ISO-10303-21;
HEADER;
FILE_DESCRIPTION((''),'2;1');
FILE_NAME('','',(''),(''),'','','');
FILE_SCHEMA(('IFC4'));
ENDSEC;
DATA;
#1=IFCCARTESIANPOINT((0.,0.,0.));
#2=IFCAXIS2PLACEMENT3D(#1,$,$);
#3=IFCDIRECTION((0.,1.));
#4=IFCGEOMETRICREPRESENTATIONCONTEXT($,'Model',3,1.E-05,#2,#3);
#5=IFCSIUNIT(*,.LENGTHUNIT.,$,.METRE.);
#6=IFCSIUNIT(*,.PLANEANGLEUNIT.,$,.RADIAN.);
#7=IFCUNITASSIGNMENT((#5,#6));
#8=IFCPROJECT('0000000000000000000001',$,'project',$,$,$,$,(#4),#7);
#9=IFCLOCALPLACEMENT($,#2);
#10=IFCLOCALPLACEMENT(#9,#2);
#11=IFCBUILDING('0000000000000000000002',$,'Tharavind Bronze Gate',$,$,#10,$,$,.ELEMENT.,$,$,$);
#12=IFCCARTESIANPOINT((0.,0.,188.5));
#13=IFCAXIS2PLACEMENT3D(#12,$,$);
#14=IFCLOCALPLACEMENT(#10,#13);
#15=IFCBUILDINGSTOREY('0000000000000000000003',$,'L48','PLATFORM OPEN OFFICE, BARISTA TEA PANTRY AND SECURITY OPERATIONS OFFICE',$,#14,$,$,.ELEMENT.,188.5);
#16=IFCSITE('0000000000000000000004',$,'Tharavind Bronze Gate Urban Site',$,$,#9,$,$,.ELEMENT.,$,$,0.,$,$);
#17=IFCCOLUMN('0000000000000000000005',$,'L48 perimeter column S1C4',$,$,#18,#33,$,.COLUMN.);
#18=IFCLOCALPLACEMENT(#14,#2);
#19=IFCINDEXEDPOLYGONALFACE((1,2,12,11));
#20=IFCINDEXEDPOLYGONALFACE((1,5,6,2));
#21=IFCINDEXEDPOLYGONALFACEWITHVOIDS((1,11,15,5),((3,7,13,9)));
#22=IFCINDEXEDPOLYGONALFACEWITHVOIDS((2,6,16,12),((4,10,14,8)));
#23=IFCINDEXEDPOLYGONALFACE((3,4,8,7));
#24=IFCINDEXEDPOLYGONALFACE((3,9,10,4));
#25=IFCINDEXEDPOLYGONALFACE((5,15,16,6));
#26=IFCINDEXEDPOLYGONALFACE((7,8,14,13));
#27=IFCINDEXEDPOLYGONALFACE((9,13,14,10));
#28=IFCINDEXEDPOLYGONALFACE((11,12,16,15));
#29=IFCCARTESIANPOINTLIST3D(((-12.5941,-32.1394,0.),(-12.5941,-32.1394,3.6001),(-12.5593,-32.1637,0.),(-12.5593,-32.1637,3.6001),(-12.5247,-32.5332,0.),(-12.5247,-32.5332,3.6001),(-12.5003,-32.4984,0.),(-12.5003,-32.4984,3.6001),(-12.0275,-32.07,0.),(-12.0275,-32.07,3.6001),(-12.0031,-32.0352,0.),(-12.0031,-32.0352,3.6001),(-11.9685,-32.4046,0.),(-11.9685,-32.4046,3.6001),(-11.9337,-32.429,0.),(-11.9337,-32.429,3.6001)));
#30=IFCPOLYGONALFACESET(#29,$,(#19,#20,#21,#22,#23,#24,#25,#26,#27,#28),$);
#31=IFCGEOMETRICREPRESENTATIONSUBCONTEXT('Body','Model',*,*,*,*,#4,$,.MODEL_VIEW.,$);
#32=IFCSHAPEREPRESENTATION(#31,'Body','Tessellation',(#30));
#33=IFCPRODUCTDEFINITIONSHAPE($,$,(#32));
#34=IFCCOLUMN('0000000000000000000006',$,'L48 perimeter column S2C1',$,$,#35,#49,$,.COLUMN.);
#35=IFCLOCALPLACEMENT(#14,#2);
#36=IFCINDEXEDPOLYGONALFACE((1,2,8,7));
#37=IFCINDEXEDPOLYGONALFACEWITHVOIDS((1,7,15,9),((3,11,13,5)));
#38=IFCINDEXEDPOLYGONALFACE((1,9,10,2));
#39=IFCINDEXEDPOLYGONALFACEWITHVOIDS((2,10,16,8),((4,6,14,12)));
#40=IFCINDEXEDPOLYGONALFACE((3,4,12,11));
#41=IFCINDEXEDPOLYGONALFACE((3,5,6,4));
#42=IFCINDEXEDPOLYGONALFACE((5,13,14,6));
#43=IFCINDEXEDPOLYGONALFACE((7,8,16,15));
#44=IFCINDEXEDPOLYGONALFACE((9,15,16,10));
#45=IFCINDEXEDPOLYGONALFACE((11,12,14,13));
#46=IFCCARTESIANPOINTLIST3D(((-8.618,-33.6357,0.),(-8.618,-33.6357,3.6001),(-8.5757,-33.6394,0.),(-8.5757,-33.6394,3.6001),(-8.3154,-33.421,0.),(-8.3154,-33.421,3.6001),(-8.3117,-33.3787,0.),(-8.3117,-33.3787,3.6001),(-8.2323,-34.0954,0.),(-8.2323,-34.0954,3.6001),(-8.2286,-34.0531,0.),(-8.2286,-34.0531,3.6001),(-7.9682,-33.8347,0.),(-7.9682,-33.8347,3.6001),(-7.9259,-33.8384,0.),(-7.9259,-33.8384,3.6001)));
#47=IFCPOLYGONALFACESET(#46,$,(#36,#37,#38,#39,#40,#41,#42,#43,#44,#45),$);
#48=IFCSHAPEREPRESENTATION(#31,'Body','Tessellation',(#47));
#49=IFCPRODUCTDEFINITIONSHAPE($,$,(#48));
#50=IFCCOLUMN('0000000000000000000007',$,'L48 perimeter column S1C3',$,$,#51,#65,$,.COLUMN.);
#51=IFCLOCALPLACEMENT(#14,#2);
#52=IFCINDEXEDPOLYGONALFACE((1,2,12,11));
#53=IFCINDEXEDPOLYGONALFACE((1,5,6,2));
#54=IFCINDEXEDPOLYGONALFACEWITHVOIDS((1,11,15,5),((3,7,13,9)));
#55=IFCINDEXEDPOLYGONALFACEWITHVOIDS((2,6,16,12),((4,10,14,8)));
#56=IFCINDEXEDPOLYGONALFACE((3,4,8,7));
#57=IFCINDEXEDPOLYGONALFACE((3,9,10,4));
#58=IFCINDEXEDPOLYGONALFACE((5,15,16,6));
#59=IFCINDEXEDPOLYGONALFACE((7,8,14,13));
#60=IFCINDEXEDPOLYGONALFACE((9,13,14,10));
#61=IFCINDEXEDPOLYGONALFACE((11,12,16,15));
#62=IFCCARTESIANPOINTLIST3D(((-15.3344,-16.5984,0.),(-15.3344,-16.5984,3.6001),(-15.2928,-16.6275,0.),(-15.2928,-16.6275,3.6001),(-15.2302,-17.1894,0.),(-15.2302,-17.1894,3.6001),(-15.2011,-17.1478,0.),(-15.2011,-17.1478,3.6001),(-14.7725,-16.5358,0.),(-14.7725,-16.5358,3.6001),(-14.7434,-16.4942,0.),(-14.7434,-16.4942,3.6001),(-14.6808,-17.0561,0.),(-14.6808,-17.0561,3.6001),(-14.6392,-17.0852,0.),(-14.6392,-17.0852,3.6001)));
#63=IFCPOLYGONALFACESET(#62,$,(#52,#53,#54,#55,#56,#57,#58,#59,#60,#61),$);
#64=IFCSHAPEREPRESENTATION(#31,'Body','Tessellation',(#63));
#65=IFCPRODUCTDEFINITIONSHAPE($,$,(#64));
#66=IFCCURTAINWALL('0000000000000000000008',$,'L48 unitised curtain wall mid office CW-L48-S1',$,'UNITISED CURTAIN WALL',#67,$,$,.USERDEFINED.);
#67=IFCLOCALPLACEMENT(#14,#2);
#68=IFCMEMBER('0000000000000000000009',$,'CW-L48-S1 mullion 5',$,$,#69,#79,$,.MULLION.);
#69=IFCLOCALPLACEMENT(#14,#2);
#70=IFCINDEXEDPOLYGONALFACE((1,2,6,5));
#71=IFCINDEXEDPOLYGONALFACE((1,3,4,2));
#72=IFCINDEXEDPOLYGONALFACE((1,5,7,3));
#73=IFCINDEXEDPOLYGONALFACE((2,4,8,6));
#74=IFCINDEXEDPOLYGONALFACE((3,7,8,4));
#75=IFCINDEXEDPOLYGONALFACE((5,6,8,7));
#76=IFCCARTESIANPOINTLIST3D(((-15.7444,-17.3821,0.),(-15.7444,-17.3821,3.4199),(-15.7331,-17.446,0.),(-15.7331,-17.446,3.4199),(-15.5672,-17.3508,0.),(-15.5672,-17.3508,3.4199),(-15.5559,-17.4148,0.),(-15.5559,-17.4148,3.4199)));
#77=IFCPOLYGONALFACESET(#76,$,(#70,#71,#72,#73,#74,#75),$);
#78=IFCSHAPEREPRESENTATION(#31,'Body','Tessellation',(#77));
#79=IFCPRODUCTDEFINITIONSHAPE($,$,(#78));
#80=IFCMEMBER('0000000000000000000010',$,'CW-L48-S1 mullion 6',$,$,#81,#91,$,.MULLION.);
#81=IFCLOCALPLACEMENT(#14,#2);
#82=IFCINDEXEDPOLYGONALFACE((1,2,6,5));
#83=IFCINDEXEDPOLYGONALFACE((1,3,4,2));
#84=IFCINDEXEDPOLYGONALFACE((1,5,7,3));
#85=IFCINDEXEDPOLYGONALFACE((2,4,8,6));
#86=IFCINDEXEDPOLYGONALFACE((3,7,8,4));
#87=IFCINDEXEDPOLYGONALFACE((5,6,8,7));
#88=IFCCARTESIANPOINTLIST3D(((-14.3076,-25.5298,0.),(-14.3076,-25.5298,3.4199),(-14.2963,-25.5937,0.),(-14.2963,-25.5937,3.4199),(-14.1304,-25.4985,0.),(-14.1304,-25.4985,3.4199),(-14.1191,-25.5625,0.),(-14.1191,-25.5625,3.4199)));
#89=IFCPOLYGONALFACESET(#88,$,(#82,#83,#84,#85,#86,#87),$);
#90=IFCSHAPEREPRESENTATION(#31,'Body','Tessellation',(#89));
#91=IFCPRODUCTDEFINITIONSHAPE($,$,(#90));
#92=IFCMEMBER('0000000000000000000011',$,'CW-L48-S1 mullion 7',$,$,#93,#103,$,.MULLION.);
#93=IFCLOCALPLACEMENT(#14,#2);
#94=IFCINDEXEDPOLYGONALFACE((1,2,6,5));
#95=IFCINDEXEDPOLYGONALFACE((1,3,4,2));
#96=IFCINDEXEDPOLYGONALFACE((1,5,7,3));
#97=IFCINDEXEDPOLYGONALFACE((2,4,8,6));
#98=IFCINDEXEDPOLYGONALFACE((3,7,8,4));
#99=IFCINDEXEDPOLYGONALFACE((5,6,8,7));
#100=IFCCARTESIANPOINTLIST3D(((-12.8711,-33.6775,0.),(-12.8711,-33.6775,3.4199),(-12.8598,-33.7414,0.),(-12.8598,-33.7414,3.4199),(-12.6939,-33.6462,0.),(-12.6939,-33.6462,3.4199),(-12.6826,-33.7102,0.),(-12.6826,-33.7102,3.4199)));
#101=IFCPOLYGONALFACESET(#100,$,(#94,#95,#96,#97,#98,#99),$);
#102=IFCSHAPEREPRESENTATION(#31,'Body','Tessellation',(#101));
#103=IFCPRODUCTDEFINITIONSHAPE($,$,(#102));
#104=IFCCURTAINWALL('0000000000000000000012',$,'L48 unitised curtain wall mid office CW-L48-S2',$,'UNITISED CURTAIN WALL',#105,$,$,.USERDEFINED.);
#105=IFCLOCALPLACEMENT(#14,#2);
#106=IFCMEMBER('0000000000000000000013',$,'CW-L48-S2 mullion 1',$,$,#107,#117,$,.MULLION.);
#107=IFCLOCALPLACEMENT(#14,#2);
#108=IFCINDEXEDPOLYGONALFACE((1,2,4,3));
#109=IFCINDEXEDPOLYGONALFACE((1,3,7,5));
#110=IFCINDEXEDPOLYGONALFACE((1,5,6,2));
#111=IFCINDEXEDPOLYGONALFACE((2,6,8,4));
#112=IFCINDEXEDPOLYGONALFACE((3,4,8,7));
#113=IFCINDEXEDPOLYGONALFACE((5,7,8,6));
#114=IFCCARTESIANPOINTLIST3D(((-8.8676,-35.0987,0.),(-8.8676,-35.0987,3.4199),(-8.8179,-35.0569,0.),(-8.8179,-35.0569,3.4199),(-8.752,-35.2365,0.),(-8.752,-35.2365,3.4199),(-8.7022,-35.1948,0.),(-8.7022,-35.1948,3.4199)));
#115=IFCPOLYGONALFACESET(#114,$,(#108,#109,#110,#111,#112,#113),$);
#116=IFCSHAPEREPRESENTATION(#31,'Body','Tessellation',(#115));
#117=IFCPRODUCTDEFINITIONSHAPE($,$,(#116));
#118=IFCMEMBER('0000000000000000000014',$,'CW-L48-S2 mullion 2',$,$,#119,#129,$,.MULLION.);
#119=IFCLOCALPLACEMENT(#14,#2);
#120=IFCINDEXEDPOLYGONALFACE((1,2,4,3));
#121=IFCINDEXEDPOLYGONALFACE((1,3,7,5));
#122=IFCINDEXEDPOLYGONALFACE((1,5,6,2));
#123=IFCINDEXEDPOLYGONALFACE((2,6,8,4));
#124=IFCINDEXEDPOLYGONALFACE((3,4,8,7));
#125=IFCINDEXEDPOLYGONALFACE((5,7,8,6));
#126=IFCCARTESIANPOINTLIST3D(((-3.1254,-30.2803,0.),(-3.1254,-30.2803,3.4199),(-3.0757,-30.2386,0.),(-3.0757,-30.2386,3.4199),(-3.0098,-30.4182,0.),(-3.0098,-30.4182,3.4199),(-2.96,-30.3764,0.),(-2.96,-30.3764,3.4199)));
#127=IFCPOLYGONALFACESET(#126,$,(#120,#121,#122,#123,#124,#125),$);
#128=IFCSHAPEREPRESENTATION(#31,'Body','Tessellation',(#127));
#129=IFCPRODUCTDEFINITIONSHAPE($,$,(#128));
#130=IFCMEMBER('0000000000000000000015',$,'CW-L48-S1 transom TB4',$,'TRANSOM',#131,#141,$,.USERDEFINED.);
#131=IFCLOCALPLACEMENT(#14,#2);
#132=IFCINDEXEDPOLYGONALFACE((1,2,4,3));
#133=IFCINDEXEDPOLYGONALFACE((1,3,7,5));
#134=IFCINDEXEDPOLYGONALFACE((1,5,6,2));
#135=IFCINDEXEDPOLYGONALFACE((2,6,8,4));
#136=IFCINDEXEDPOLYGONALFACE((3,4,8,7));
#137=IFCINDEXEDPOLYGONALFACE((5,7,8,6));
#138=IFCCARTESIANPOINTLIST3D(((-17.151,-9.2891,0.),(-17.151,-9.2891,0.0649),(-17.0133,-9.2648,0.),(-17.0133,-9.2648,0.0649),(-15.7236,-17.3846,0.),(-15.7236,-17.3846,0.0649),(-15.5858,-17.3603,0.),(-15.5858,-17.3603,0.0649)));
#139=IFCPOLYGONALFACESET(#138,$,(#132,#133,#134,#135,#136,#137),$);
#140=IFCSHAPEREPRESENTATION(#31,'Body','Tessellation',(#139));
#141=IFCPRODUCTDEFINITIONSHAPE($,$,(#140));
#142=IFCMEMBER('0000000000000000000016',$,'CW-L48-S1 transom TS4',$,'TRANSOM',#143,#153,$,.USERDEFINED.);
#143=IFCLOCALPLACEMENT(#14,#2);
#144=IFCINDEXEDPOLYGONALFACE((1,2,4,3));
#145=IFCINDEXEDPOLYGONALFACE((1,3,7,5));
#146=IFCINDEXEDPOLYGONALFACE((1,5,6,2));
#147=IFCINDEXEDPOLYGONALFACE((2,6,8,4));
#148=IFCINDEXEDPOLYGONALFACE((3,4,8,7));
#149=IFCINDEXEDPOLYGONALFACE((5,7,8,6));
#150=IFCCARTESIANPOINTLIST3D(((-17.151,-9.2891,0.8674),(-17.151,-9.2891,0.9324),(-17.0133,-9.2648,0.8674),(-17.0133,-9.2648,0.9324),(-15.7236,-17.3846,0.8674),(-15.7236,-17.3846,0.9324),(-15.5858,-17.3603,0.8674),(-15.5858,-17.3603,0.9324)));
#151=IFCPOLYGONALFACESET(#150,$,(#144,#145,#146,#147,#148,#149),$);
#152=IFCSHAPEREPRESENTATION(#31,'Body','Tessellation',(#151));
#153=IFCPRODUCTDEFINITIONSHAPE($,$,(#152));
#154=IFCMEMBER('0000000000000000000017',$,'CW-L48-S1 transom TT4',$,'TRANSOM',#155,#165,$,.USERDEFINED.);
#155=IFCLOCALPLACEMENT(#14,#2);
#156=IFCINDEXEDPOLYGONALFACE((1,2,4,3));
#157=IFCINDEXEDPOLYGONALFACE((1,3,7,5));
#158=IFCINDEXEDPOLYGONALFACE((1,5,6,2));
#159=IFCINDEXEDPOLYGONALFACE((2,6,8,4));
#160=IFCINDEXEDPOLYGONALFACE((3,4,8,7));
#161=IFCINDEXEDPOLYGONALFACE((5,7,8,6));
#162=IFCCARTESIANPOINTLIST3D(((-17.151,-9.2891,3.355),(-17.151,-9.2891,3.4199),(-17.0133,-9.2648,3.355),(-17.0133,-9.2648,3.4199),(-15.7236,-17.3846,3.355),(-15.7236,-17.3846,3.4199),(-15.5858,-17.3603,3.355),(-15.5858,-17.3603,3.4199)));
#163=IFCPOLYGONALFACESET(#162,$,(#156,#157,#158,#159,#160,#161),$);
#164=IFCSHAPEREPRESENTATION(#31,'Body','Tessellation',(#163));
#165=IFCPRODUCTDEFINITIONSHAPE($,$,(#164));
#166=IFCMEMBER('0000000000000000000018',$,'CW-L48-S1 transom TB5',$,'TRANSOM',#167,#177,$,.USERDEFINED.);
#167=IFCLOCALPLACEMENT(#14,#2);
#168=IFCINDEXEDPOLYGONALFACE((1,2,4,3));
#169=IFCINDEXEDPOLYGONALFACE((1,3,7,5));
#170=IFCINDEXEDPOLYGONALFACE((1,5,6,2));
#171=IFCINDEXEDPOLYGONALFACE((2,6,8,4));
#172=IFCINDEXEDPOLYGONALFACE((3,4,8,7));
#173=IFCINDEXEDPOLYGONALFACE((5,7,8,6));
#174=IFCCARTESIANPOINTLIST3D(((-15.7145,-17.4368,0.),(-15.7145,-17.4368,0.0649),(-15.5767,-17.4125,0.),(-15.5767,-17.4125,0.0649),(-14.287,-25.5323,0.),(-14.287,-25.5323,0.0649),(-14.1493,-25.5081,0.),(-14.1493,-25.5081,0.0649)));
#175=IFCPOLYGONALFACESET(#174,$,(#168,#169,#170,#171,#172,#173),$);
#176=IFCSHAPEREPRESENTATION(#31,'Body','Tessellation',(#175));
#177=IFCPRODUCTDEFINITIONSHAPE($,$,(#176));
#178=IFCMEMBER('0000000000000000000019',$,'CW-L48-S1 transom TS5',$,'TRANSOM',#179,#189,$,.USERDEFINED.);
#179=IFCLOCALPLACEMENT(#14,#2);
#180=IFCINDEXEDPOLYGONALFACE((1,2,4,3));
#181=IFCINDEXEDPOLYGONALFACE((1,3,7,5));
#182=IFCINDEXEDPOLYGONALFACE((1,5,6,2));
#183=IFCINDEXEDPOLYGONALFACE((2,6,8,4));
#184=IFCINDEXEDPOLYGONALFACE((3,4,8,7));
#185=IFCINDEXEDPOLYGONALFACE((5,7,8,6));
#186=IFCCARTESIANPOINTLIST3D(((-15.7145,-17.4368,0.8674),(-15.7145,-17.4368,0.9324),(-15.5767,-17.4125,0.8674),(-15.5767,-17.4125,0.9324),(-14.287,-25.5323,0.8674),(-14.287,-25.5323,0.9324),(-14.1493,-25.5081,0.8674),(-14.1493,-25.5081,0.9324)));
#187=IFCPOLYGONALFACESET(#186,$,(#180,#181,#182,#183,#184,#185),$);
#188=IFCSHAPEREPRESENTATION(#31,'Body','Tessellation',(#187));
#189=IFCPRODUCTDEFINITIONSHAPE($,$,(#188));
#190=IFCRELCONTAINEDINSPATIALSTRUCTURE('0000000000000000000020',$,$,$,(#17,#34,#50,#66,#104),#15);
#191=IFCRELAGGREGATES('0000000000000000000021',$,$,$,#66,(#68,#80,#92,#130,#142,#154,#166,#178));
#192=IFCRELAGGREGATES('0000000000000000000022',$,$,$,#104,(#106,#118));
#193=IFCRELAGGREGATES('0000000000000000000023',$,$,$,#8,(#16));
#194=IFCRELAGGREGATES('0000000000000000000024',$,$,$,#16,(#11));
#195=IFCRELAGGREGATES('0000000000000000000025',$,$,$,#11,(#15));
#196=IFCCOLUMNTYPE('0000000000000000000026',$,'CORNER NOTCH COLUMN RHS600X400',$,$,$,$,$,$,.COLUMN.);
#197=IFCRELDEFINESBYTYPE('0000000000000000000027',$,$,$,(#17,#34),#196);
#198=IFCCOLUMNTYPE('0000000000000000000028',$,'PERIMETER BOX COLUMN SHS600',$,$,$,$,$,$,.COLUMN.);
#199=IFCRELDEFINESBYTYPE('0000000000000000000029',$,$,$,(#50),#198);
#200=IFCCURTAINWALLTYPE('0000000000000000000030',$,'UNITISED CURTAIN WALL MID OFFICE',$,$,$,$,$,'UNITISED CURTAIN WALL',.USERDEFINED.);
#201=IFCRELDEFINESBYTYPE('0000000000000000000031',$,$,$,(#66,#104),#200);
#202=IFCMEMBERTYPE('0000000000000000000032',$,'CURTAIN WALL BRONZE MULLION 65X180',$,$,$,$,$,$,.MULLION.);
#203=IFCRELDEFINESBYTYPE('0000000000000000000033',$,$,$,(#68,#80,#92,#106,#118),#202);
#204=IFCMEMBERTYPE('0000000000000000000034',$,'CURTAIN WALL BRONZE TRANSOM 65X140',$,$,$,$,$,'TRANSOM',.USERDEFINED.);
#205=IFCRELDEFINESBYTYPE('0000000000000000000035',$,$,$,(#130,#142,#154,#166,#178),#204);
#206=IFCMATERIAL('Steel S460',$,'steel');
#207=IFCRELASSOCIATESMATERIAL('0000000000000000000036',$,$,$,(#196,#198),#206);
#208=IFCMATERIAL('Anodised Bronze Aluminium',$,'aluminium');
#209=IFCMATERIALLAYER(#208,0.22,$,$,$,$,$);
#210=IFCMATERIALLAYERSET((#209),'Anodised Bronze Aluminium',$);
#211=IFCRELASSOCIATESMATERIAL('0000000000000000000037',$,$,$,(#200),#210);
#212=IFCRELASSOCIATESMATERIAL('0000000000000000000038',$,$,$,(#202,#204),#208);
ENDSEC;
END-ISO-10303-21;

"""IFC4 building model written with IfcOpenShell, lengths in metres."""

from ifc_helpers import new_model, si_unit, direction, frame, origin, origin_2d, place, context, subcontext, project, spatial, rectangle, hollow_rectangle, extrude, material, layer, layer_set, material_profile, profile_set, type_object, element, aggregate, save


model = new_model("IFC4")

# Units and contexts
model_context = context("Model", 3, precision=1e-05, world=origin(), true_north=direction((0.0, 1.0)))
body_context = subcontext(model_context, "Body", "Model", "MODEL_VIEW")
ifc_project = project(units=[si_unit("LENGTHUNIT", "METRE"), si_unit("PLANEANGLEUNIT", "RADIAN")], contexts=[model_context])

# Site, building, storey
site_placement = place(None, origin())
site = spatial("IfcSite", under=ifc_project, at=site_placement, Name="Tharavind Bronze Gate Urban Site", CompositionType="ELEMENT", RefElevation=0.0)
building_placement = place(site_placement, origin())
building = spatial("IfcBuilding", under=site, at=building_placement, Name="Tharavind Bronze Gate", CompositionType="ELEMENT")
storey_placement = place(building_placement, frame((0.0, 0.0, 188.5)))
storey = spatial("IfcBuildingStorey", under=building, at=storey_placement, Name="L48", Description="PLATFORM OPEN OFFICE, BARISTA TEA PANTRY AND SECURITY OPERATIONS OFFICE", CompositionType="ELEMENT", Elevation=188.5)

# Columns
ifc_material_1 = material(Name="Steel S460", Category="steel")
ifc_material_profile_1 = material_profile(ifc_material_1, hollow_rectangle(XDim=0.3999, YDim=0.6001, WallThickness=0.03, at=origin_2d()), Name="RHS600X400X30")
ifc_profile_set_1 = profile_set([ifc_material_profile_1], Name="Steel S460")
column_type_1 = type_object("IfcColumnType", Name="CORNER NOTCH COLUMN RHS600X400", PredefinedType="COLUMN", material=ifc_profile_set_1)
for number, where, z_axis, x_axis, name in (
    (1, (-12.2639, -32.2842, 0.0), (0.0, 0.0, 1.0), (-0.173648, 0.984808, 0.0), "L48 perimeter column S1C4"),
    (2, (-8.272, -33.7371, 0.0), (0.0, 0.0, 1.0), (0.766043, 0.642789, 0.0), "L48 perimeter column S2C1"),
):
    element("IfcColumn", number, at=place(storey_placement, frame(where, z_axis=z_axis, x_axis=x_axis)), inside=storey, type_object=column_type_1, Name=name, PredefinedType="COLUMN", context=body_context, shape_type="SweptSolid", body=[
        extrude(hollow_rectangle(XDim=0.3999, YDim=0.6001, WallThickness=0.03, at=origin_2d()), origin(), (0.0, 0.0, 1.0), 3.6001),
    ])
ifc_material_profile_2 = material_profile(ifc_material_1, hollow_rectangle(XDim=0.6001, YDim=0.6001, WallThickness=0.0359, at=origin_2d()), Name="SHS600X36")
ifc_profile_set_2 = profile_set([ifc_material_profile_2], Name="Steel S460")
column_type_2 = type_object("IfcColumnType", Name="PERIMETER BOX COLUMN SHS600", PredefinedType="COLUMN", material=ifc_profile_set_2)
column_placement = place(storey_placement, frame((-14.9868, -16.8418, 0.0), z_axis=(0.0, 0.0, 1.0), x_axis=(-0.173648, 0.984808, 0.0)))
element("IfcColumn", 3, at=column_placement, inside=storey, type_object=column_type_2, Name="L48 perimeter column S1C3", PredefinedType="COLUMN", context=body_context, shape_type="SweptSolid", body=[
    extrude(hollow_rectangle(XDim=0.6001, YDim=0.6001, WallThickness=0.0359, at=origin_2d()), origin(), (0.0, 0.0, 1.0), 3.6001),
])

# Curtain walls, members
ifc_material_2 = material(Name="Anodised Bronze Aluminium", Category="aluminium")
ifc_layer_1 = layer(ifc_material_2, 0.22)
ifc_layer_set_1 = layer_set([ifc_layer_1], Name="Anodised Bronze Aluminium")
curtain_wall_type = type_object("IfcCurtainWallType", Name="UNITISED CURTAIN WALL MID OFFICE", ElementType="UNITISED CURTAIN WALL", PredefinedType="USERDEFINED", material=ifc_layer_set_1)
curtain_wall_1_placement = place(storey_placement, origin())
curtain_wall_1 = element("IfcCurtainWall", 4, at=curtain_wall_1_placement, inside=storey, type_object=curtain_wall_type, Name="L48 unitised curtain wall mid office CW-L48-S1", ObjectType="UNITISED CURTAIN WALL", PredefinedType="USERDEFINED")
member_type_1 = type_object("IfcMemberType", Name="CURTAIN WALL BRONZE MULLION 65X180", PredefinedType="MULLION", material=ifc_material_2)
member_1_placement = place(storey_placement, frame((-15.6501, -17.3984, 0.0), z_axis=(0.0, 0.0, 1.0), x_axis=(0.173648, -0.984808, 0.0)))
member_1 = element("IfcMember", 5, at=member_1_placement, type_object=member_type_1, Name="CW-L48-S1 mullion 5", PredefinedType="MULLION", context=body_context, shape_type="SweptSolid", body=[
    extrude(rectangle(XDim=0.0649, YDim=0.1799, at=origin_2d()), origin(), (0.0, 0.0, 1.0), 3.4199),
])
member_2_placement = place(storey_placement, frame((-14.2134, -25.5461, 0.0), z_axis=(0.0, 0.0, 1.0), x_axis=(0.173648, -0.984808, 0.0)))
member_2 = element("IfcMember", 6, at=member_2_placement, type_object=member_type_1, Name="CW-L48-S1 mullion 6", PredefinedType="MULLION", context=body_context, shape_type="SweptSolid", body=[
    extrude(rectangle(XDim=0.0649, YDim=0.1799, at=origin_2d()), origin(), (0.0, 0.0, 1.0), 3.4199),
])
member_3_placement = place(storey_placement, frame((-12.7769, -33.6938, 0.0), z_axis=(0.0, 0.0, 1.0), x_axis=(0.173648, -0.984808, 0.0)))
member_3 = element("IfcMember", 7, at=member_3_placement, type_object=member_type_1, Name="CW-L48-S1 mullion 7", PredefinedType="MULLION", context=body_context, shape_type="SweptSolid", body=[
    extrude(rectangle(XDim=0.0649, YDim=0.1799, at=origin_2d()), origin(), (0.0, 0.0, 1.0), 3.4199),
])
curtain_wall_2_placement = place(storey_placement, origin())
curtain_wall_2 = element("IfcCurtainWall", 8, at=curtain_wall_2_placement, inside=storey, type_object=curtain_wall_type, Name="L48 unitised curtain wall mid office CW-L48-S2", ObjectType="UNITISED CURTAIN WALL", PredefinedType="USERDEFINED")
member_4_placement = place(storey_placement, frame((-8.7849, -35.1467, 0.0), z_axis=(0.0, 0.0, 1.0), x_axis=(0.766043, 0.642789, 0.0)))
member_4 = element("IfcMember", 9, at=member_4_placement, type_object=member_type_1, Name="CW-L48-S2 mullion 1", PredefinedType="MULLION", context=body_context, shape_type="SweptSolid", body=[
    extrude(rectangle(XDim=0.0649, YDim=0.1799, at=origin_2d()), origin(), (0.0, 0.0, 1.0), 3.4199),
])
member_5_placement = place(storey_placement, frame((-3.0427, -30.3284, 0.0), z_axis=(0.0, 0.0, 1.0), x_axis=(0.766043, 0.642789, 0.0)))
member_5 = element("IfcMember", 10, at=member_5_placement, type_object=member_type_1, Name="CW-L48-S2 mullion 2", PredefinedType="MULLION", context=body_context, shape_type="SweptSolid", body=[
    extrude(rectangle(XDim=0.0649, YDim=0.1799, at=origin_2d()), origin(), (0.0, 0.0, 1.0), 3.4199),
])

# Members
member_type_2 = type_object("IfcMemberType", Name="CURTAIN WALL BRONZE TRANSOM 65X140", ElementType="TRANSOM", PredefinedType="USERDEFINED", material=ifc_material_2)
member_6_placement = place(storey_placement, frame((-16.3684, -13.3247, 0.0), z_axis=(0.0, 0.0, 1.0), x_axis=(0.173648, -0.984808, 0.0)))
member_6 = element("IfcMember", 11, at=member_6_placement, type_object=member_type_2, Name="CW-L48-S1 transom TB4", ObjectType="TRANSOM", PredefinedType="USERDEFINED", context=body_context, shape_type="SweptSolid", body=[
    extrude(rectangle(XDim=8.2205, YDim=0.1399, at=origin_2d()), origin(), (0.0, 0.0, 1.0), 0.0649),
])
member_7_placement = place(storey_placement, frame((-16.3684, -13.3247, 0.8674), z_axis=(0.0, 0.0, 1.0), x_axis=(0.173648, -0.984808, 0.0)))
member_7 = element("IfcMember", 12, at=member_7_placement, type_object=member_type_2, Name="CW-L48-S1 transom TS4", ObjectType="TRANSOM", PredefinedType="USERDEFINED", context=body_context, shape_type="SweptSolid", body=[
    extrude(rectangle(XDim=8.2205, YDim=0.1399, at=origin_2d()), origin(), (0.0, 0.0, 1.0), 0.0649),
])
member_8_placement = place(storey_placement, frame((-16.3684, -13.3247, 3.355), z_axis=(0.0, 0.0, 1.0), x_axis=(0.173648, -0.984808, 0.0)))
member_8 = element("IfcMember", 13, at=member_8_placement, type_object=member_type_2, Name="CW-L48-S1 transom TT4", ObjectType="TRANSOM", PredefinedType="USERDEFINED", context=body_context, shape_type="SweptSolid", body=[
    extrude(rectangle(XDim=8.2205, YDim=0.1399, at=origin_2d()), origin(), (0.0, 0.0, 1.0), 0.0649),
])
member_9_placement = place(storey_placement, frame((-14.9319, -21.4724, 0.0), z_axis=(0.0, 0.0, 1.0), x_axis=(0.173648, -0.984808, 0.0)))
member_9 = element("IfcMember", 14, at=member_9_placement, type_object=member_type_2, Name="CW-L48-S1 transom TB5", ObjectType="TRANSOM", PredefinedType="USERDEFINED", context=body_context, shape_type="SweptSolid", body=[
    extrude(rectangle(XDim=8.2205, YDim=0.1399, at=origin_2d()), origin(), (0.0, 0.0, 1.0), 0.0649),
])
member_10_placement = place(storey_placement, frame((-14.9319, -21.4724, 0.8674), z_axis=(0.0, 0.0, 1.0), x_axis=(0.173648, -0.984808, 0.0)))
member_10 = element("IfcMember", 15, at=member_10_placement, type_object=member_type_2, Name="CW-L48-S1 transom TS5", ObjectType="TRANSOM", PredefinedType="USERDEFINED", context=body_context, shape_type="SweptSolid", body=[
    extrude(rectangle(XDim=8.2205, YDim=0.1399, at=origin_2d()), origin(), (0.0, 0.0, 1.0), 0.0649),
])

aggregate(curtain_wall_1, [member_1, member_2, member_3, member_6, member_7, member_8, member_9, member_10])
aggregate(curtain_wall_2, [member_4, member_5])

save(model, "model.ifc")
